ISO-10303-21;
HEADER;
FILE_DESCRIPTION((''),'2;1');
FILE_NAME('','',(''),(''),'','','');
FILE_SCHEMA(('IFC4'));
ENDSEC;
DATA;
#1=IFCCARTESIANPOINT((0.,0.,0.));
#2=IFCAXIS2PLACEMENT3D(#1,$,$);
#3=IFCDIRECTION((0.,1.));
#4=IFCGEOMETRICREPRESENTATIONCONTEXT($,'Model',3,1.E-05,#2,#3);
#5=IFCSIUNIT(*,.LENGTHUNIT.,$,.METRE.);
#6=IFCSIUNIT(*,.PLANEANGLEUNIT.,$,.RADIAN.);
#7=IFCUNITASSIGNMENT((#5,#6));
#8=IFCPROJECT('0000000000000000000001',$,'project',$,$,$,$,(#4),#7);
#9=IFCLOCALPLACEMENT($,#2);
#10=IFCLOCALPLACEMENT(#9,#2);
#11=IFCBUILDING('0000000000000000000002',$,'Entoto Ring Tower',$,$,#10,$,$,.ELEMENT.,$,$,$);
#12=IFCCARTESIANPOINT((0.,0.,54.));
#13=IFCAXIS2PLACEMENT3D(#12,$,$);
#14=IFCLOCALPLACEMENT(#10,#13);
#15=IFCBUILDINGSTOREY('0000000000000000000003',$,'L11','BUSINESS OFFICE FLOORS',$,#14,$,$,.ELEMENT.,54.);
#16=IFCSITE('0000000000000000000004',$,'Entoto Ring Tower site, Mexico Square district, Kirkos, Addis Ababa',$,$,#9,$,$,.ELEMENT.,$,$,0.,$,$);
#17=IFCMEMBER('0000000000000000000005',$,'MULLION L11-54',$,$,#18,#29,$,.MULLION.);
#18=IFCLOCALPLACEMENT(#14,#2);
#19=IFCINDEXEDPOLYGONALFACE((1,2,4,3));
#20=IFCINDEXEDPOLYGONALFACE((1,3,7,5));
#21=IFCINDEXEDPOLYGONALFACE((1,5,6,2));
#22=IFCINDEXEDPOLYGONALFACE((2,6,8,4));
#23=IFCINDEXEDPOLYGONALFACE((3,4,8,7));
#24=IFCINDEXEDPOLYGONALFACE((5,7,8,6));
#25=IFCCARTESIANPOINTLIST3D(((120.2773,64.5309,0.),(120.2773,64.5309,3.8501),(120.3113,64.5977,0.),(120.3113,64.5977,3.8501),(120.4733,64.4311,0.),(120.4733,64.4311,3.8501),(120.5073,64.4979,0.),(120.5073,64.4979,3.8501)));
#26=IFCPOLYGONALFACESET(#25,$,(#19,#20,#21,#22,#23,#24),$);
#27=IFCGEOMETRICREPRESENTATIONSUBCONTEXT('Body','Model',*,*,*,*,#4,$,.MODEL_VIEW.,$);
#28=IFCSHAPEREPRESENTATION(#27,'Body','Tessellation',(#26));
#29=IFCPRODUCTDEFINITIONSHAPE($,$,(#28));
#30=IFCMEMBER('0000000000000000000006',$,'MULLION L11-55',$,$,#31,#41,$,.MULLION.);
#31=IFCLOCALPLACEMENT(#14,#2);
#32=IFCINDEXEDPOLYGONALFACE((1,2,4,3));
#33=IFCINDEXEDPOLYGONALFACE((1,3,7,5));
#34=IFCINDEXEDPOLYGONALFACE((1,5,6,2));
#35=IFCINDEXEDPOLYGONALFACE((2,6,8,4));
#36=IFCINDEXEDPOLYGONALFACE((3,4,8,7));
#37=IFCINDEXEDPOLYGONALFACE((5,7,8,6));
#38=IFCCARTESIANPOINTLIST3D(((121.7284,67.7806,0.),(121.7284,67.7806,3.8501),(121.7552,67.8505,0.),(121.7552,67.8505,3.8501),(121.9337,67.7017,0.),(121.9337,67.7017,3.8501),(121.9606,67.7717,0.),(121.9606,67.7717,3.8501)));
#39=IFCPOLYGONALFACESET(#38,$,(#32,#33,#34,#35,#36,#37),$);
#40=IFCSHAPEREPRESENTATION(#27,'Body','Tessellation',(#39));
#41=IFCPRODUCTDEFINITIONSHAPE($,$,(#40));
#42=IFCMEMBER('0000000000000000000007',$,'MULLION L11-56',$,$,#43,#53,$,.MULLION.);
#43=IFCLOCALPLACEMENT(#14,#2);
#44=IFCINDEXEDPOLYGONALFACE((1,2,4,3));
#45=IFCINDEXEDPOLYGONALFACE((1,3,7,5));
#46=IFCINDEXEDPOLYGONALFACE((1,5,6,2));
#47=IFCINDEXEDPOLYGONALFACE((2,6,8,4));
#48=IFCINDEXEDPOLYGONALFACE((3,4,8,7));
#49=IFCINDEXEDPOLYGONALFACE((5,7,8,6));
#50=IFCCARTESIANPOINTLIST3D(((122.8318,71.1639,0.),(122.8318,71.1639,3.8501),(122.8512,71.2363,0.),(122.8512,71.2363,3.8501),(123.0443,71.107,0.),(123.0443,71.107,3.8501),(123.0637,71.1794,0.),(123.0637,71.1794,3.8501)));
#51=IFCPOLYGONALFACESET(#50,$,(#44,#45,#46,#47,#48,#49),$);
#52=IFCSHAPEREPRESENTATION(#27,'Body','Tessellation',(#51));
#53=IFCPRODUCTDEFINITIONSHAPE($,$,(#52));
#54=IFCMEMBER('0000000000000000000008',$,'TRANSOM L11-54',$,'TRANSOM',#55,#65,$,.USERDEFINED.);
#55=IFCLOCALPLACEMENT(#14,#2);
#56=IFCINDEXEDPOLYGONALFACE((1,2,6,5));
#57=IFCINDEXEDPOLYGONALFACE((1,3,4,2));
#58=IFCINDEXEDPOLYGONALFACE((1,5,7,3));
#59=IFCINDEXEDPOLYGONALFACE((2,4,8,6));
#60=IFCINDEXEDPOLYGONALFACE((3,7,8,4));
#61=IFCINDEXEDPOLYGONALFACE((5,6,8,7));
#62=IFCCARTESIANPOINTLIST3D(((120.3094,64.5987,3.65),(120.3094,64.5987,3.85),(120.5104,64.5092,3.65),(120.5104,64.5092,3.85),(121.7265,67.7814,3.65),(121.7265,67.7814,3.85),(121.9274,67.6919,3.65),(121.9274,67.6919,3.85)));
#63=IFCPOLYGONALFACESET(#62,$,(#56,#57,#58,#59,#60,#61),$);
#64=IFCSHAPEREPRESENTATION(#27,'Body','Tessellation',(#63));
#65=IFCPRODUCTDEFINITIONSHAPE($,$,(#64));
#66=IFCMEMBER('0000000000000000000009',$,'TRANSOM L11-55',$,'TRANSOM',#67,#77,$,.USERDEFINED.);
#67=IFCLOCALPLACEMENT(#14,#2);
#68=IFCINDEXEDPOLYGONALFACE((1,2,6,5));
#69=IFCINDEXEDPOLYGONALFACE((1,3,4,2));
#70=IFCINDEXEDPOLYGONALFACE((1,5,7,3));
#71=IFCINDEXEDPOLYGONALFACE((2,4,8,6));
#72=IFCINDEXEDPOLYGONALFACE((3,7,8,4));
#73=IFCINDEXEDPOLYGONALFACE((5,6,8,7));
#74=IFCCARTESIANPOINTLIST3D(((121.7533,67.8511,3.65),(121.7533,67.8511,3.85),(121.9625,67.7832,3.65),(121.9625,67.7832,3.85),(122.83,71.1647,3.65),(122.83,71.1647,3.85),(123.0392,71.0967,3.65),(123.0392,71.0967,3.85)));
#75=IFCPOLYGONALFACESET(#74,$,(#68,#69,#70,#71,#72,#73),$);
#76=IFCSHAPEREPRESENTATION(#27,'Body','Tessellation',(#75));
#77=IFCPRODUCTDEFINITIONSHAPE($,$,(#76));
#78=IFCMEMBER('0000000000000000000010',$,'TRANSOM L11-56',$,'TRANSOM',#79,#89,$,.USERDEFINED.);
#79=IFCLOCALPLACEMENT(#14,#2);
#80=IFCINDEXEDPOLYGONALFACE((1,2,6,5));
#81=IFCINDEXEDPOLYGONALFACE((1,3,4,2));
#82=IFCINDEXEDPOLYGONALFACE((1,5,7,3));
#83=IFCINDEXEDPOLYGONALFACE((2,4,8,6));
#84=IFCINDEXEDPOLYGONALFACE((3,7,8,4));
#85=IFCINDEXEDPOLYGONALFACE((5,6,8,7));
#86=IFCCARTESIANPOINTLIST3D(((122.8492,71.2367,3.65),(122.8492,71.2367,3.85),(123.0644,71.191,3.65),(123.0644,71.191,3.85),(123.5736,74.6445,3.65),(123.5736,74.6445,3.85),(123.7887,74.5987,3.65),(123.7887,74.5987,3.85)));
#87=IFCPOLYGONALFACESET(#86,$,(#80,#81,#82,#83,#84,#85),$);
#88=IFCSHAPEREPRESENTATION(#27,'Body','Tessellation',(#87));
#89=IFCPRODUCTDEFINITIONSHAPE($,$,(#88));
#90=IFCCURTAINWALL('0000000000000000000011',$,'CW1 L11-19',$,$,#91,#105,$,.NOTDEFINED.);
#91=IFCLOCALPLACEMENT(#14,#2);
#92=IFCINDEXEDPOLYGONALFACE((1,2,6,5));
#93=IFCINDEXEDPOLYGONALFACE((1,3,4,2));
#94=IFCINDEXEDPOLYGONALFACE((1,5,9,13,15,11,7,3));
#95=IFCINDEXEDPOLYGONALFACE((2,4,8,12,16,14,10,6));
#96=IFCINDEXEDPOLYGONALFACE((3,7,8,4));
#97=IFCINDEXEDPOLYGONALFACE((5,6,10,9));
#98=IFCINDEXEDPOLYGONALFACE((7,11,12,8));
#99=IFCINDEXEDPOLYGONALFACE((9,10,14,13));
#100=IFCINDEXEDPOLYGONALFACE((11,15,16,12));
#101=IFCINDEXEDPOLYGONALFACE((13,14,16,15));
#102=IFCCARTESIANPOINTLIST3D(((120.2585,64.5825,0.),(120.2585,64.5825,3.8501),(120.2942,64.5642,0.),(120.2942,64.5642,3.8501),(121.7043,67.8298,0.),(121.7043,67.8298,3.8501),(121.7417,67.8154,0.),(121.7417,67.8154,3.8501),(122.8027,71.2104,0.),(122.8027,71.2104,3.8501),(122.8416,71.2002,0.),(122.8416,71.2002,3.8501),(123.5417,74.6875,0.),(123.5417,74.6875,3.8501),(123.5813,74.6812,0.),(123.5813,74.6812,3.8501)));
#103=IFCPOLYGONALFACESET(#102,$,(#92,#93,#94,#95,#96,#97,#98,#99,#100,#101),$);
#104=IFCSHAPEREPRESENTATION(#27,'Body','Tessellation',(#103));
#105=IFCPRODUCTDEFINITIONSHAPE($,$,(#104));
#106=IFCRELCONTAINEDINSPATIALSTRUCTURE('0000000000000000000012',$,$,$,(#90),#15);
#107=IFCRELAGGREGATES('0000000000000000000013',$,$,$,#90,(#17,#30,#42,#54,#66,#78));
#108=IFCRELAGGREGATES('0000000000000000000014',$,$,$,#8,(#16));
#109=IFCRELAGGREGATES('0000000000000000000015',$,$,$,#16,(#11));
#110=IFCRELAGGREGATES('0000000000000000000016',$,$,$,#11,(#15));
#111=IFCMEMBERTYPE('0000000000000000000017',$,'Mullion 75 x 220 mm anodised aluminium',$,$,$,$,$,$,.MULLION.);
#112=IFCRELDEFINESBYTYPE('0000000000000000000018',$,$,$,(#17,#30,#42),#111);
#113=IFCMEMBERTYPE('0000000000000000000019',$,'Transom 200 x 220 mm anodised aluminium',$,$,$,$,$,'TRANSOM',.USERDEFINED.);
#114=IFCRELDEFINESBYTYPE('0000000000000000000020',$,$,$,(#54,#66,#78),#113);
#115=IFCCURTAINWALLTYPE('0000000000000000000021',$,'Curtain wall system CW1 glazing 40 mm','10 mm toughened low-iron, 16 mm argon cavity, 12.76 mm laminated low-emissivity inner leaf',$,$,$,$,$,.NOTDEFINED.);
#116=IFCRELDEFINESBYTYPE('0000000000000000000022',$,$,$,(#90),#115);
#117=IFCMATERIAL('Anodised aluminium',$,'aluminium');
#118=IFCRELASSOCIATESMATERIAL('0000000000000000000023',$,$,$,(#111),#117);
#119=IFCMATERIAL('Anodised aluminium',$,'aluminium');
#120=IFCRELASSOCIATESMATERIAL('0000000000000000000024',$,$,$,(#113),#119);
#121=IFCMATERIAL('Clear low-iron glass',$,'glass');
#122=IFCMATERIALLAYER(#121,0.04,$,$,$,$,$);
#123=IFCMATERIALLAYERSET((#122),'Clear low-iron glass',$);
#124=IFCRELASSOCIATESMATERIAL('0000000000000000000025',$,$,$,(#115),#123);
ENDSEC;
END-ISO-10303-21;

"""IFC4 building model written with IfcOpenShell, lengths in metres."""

from ifc_helpers import new_model, si_unit, direction, frame, origin, origin_2d, place, context, subcontext, project, spatial, polyline, rectangle, outline, extrude, material, layer, layer_set, material_profile, profile_set, type_object, element, aggregate, save


model = new_model("IFC4")

# Units and contexts
model_context = context("Model", 3, precision=1e-05, world=origin(), true_north=direction((0.0, 1.0)))
body_context = subcontext(model_context, "Body", "Model", "MODEL_VIEW")
ifc_project = project(units=[si_unit("LENGTHUNIT", "METRE"), si_unit("PLANEANGLEUNIT", "RADIAN")], contexts=[model_context])

# Members
ifc_material_1 = material(Name="Anodised aluminium", Category="aluminium")
ifc_material_profile_1 = material_profile(ifc_material_1, rectangle(XDim=0.075, YDim=0.22, at=origin_2d()), Name="Mullion 75 x 220 mm anodised aluminium")
ifc_profile_set_1 = profile_set([ifc_material_profile_1], Name="Anodised aluminium")
member_type_1 = type_object("IfcMemberType", Name="Mullion 75 x 220 mm anodised aluminium", PredefinedType="MULLION", material=ifc_profile_set_1)
site_placement = place(None, origin())
building_placement = place(site_placement, origin())
storey_placement = place(building_placement, frame((0.0, 0.0, 54.0)))
member_1_placement = place(storey_placement, frame((120.3923, 64.5144, 0.0), z_axis=(0.0, 0.0, 1.0), x_axis=(0.45399, 0.891007, 0.0)))
member_1 = element("IfcMember", 1, at=member_1_placement, type_object=member_type_1, Name="MULLION L11-54", PredefinedType="MULLION", context=body_context, shape_type="SweptSolid", body=[
    extrude(rectangle(XDim=0.075, YDim=0.22, at=origin_2d()), origin(), (0.0, 0.0, 1.0), 3.8501),
])
member_2_placement = place(storey_placement, frame((121.8445, 67.7761, 0.0), z_axis=(0.0, 0.0, 1.0), x_axis=(0.358368, 0.93358, 0.0)))
member_2 = element("IfcMember", 2, at=member_2_placement, type_object=member_type_1, Name="MULLION L11-55", PredefinedType="MULLION", context=body_context, shape_type="SweptSolid", body=[
    extrude(rectangle(XDim=0.075, YDim=0.22, at=origin_2d()), origin(), (0.0, 0.0, 1.0), 3.8501),
])
member_3_placement = place(storey_placement, frame((122.9478, 71.1716, 0.0), z_axis=(0.0, 0.0, 1.0), x_axis=(0.258819, 0.965926, 0.0)))
member_3 = element("IfcMember", 3, at=member_3_placement, type_object=member_type_1, Name="MULLION L11-56", PredefinedType="MULLION", context=body_context, shape_type="SweptSolid", body=[
    extrude(rectangle(XDim=0.075, YDim=0.22, at=origin_2d()), origin(), (0.0, 0.0, 1.0), 3.8501),
])
ifc_material_2 = material(Name="Anodised aluminium", Category="aluminium")
ifc_material_profile_2 = material_profile(ifc_material_2, rectangle(XDim=0.22, YDim=0.2, at=origin_2d()), Name="Transom 200 x 220 mm anodised aluminium")
ifc_profile_set_2 = profile_set([ifc_material_profile_2], Name="Anodised aluminium")
member_type_2 = type_object("IfcMemberType", Name="Transom 200 x 220 mm anodised aluminium", ElementType="TRANSOM", PredefinedType="USERDEFINED", material=ifc_profile_set_2)
member_4_placement = place(storey_placement, frame((120.4099, 64.554, 3.75), z_axis=(0.406737, 0.913545, 0.0), x_axis=(-0.913545, 0.406737, 0.0)))
member_4 = element("IfcMember", 4, at=member_4_placement, type_object=member_type_2, Name="TRANSOM L11-54", ObjectType="TRANSOM", PredefinedType="USERDEFINED", context=body_context, shape_type="SweptSolid", body=[
    extrude(rectangle(XDim=0.22, YDim=0.2, at=origin_2d()), origin(), (0.0, 0.0, 1.0), 3.4839),
])
member_5_placement = place(storey_placement, frame((121.8579, 67.8171, 3.75), z_axis=(0.309029, 0.951053, 0.0), x_axis=(-0.951053, 0.309029, 0.0)))
member_5 = element("IfcMember", 5, at=member_5_placement, type_object=member_type_2, Name="TRANSOM L11-55", ObjectType="TRANSOM", PredefinedType="USERDEFINED", context=body_context, shape_type="SweptSolid", body=[
    extrude(rectangle(XDim=0.22, YDim=0.2, at=origin_2d()), origin(), (0.0, 0.0, 1.0), 3.4841),
])
member_6_placement = place(storey_placement, frame((122.9568, 71.2139, 3.75), z_axis=(0.207921, 0.978146, 0.0), x_axis=(-0.978146, 0.207921, 0.0)))
member_6 = element("IfcMember", 6, at=member_6_placement, type_object=member_type_2, Name="TRANSOM L11-56", ObjectType="TRANSOM", PredefinedType="USERDEFINED", context=body_context, shape_type="SweptSolid", body=[
    extrude(rectangle(XDim=0.22, YDim=0.2, at=origin_2d()), origin(), (0.0, 0.0, 1.0), 3.4839),
])

# Site, building, storey
site = spatial("IfcSite", under=ifc_project, at=site_placement, Name="Entoto Ring Tower site, Mexico Square district, Kirkos, Addis Ababa", CompositionType="ELEMENT", RefElevation=0.0)
building = spatial("IfcBuilding", under=site, at=building_placement, Name="Entoto Ring Tower", CompositionType="ELEMENT")
storey = spatial("IfcBuildingStorey", under=building, at=storey_placement, Name="L11", Description="BUSINESS OFFICE FLOORS", CompositionType="ELEMENT", Elevation=54.0)

# Curtain wall
ifc_material_3 = material(Name="Clear low-iron glass", Category="glass")
ifc_layer_1 = layer(ifc_material_3, 0.04)
ifc_layer_set_1 = layer_set([ifc_layer_1], Name="Clear low-iron glass")
curtain_wall_type = type_object("IfcCurtainWallType", Name="Curtain wall system CW1 glazing 40 mm", Description="10 mm toughened low-iron, 16 mm argon cavity, 12.76 mm laminated low-emissivity inner leaf", PredefinedType="NOTDEFINED", material=ifc_layer_set_1)
curtain_wall_1_placement = place(storey_placement, origin())
curtain_wall_1 = element("IfcCurtainWall", 7, at=curtain_wall_1_placement, inside=storey, type_object=curtain_wall_type, Name="CW1 L11-19", PredefinedType="NOTDEFINED", context=body_context, shape_type="SweptSolid", body=[
    extrude(outline(polyline([(120.2942, 64.5642), (121.7417, 67.8154), (122.8416, 71.2002), (123.5813, 74.6812), (123.5417, 74.6875), (122.8027, 71.2104), (121.7043, 67.8298), (120.2585, 64.5825), (120.2942, 64.5642)])), origin(), (0.0, 0.0, 1.0), 3.8501),
])
aggregate(curtain_wall_1, [member_1, member_2, member_3, member_4, member_5, member_6])

save(model, "model.ifc")
